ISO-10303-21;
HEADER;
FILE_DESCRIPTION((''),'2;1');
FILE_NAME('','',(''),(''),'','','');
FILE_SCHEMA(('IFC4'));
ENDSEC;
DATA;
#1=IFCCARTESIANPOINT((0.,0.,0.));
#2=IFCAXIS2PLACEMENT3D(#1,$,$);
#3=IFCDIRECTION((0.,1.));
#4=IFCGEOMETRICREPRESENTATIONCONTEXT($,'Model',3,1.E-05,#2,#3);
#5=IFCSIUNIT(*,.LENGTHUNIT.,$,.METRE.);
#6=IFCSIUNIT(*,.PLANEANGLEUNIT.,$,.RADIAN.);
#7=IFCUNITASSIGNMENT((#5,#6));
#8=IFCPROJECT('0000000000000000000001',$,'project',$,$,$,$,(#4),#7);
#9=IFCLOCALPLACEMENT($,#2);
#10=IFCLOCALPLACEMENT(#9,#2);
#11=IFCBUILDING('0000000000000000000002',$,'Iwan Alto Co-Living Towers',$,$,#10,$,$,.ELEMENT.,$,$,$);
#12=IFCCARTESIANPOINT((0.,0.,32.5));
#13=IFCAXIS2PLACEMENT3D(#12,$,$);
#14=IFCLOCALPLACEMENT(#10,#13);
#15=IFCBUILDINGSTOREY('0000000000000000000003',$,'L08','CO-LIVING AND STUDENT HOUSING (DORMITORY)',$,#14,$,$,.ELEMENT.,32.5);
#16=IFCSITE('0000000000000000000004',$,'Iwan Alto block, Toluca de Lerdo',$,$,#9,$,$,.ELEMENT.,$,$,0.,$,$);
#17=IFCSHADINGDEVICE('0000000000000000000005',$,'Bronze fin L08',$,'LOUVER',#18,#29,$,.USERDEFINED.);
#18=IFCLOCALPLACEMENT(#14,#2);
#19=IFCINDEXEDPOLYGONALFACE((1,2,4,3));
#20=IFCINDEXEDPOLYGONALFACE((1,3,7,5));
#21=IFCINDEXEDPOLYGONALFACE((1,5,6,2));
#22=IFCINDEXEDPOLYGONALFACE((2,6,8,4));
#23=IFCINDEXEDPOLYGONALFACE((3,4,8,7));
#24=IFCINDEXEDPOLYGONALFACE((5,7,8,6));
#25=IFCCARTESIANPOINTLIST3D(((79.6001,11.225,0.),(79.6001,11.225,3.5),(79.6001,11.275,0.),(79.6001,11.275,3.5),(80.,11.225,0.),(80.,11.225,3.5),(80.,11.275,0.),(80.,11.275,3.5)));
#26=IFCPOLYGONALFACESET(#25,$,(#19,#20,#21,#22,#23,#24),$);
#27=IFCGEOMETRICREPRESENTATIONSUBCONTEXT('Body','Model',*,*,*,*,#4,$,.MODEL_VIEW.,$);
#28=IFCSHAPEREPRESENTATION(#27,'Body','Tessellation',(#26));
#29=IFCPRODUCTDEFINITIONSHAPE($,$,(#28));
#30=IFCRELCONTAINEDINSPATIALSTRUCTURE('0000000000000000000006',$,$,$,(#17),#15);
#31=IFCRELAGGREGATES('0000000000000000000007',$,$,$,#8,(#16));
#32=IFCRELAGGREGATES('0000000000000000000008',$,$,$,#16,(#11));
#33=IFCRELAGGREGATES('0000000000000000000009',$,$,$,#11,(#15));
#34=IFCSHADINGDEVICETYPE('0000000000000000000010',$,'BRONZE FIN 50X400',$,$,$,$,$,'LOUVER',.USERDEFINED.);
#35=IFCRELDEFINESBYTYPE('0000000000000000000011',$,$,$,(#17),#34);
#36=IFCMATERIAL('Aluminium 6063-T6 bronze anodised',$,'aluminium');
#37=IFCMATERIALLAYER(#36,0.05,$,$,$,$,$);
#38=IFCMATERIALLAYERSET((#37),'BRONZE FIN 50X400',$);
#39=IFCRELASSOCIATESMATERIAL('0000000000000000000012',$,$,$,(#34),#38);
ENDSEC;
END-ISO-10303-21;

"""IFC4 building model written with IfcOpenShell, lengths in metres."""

from ifc_helpers import new_model, si_unit, direction, frame, origin, origin_2d, place, context, subcontext, project, spatial, rectangle, extrude, material, layer, layer_set, type_object, element, save


model = new_model("IFC4")

# Units and contexts
model_context = context("Model", 3, precision=1e-05, world=origin(), true_north=direction((0.0, 1.0)))
body_context = subcontext(model_context, "Body", "Model", "MODEL_VIEW")
ifc_project = project(units=[si_unit("LENGTHUNIT", "METRE"), si_unit("PLANEANGLEUNIT", "RADIAN")], contexts=[model_context])

# Site, building, storey
site_placement = place(None, origin())
site = spatial("IfcSite", under=ifc_project, at=site_placement, Name="Iwan Alto block, Toluca de Lerdo", CompositionType="ELEMENT", RefElevation=0.0)
building_placement = place(site_placement, origin())
building = spatial("IfcBuilding", under=site, at=building_placement, Name="Iwan Alto Co-Living Towers", CompositionType="ELEMENT")
storey_placement = place(building_placement, frame((0.0, 0.0, 32.5)))
storey = spatial("IfcBuildingStorey", under=building, at=storey_placement, Name="L08", Description="CO-LIVING AND STUDENT HOUSING (DORMITORY)", CompositionType="ELEMENT", Elevation=32.5)

# Shading device
ifc_material_1 = material(Name="Aluminium 6063-T6 bronze anodised", Category="aluminium")
ifc_layer_1 = layer(ifc_material_1, 0.05)
ifc_layer_set_1 = layer_set([ifc_layer_1], Name="BRONZE FIN 50X400")
shading_device_type = type_object("IfcShadingDeviceType", Name="BRONZE FIN 50X400", ElementType="LOUVER", PredefinedType="USERDEFINED", material=ifc_layer_set_1)
for number, where, z_axis, x_axis, name in (
    (1, (79.8, 11.25, 0.0), (0.0, 0.0, 1.0), (0.0, 1.0, 0.0), "Bronze fin L08"),
):
    element("IfcShadingDevice", number, at=place(storey_placement, frame(where, z_axis=z_axis, x_axis=x_axis)), inside=storey, type_object=shading_device_type, Name=name, ObjectType="LOUVER", PredefinedType="USERDEFINED", context=body_context, shape_type="SweptSolid", body=[
        extrude(rectangle(XDim=0.05, YDim=0.3999, at=origin_2d()), origin(), (0.0, 0.0, 1.0), 3.5),
    ])

save(model, "model.ifc")
